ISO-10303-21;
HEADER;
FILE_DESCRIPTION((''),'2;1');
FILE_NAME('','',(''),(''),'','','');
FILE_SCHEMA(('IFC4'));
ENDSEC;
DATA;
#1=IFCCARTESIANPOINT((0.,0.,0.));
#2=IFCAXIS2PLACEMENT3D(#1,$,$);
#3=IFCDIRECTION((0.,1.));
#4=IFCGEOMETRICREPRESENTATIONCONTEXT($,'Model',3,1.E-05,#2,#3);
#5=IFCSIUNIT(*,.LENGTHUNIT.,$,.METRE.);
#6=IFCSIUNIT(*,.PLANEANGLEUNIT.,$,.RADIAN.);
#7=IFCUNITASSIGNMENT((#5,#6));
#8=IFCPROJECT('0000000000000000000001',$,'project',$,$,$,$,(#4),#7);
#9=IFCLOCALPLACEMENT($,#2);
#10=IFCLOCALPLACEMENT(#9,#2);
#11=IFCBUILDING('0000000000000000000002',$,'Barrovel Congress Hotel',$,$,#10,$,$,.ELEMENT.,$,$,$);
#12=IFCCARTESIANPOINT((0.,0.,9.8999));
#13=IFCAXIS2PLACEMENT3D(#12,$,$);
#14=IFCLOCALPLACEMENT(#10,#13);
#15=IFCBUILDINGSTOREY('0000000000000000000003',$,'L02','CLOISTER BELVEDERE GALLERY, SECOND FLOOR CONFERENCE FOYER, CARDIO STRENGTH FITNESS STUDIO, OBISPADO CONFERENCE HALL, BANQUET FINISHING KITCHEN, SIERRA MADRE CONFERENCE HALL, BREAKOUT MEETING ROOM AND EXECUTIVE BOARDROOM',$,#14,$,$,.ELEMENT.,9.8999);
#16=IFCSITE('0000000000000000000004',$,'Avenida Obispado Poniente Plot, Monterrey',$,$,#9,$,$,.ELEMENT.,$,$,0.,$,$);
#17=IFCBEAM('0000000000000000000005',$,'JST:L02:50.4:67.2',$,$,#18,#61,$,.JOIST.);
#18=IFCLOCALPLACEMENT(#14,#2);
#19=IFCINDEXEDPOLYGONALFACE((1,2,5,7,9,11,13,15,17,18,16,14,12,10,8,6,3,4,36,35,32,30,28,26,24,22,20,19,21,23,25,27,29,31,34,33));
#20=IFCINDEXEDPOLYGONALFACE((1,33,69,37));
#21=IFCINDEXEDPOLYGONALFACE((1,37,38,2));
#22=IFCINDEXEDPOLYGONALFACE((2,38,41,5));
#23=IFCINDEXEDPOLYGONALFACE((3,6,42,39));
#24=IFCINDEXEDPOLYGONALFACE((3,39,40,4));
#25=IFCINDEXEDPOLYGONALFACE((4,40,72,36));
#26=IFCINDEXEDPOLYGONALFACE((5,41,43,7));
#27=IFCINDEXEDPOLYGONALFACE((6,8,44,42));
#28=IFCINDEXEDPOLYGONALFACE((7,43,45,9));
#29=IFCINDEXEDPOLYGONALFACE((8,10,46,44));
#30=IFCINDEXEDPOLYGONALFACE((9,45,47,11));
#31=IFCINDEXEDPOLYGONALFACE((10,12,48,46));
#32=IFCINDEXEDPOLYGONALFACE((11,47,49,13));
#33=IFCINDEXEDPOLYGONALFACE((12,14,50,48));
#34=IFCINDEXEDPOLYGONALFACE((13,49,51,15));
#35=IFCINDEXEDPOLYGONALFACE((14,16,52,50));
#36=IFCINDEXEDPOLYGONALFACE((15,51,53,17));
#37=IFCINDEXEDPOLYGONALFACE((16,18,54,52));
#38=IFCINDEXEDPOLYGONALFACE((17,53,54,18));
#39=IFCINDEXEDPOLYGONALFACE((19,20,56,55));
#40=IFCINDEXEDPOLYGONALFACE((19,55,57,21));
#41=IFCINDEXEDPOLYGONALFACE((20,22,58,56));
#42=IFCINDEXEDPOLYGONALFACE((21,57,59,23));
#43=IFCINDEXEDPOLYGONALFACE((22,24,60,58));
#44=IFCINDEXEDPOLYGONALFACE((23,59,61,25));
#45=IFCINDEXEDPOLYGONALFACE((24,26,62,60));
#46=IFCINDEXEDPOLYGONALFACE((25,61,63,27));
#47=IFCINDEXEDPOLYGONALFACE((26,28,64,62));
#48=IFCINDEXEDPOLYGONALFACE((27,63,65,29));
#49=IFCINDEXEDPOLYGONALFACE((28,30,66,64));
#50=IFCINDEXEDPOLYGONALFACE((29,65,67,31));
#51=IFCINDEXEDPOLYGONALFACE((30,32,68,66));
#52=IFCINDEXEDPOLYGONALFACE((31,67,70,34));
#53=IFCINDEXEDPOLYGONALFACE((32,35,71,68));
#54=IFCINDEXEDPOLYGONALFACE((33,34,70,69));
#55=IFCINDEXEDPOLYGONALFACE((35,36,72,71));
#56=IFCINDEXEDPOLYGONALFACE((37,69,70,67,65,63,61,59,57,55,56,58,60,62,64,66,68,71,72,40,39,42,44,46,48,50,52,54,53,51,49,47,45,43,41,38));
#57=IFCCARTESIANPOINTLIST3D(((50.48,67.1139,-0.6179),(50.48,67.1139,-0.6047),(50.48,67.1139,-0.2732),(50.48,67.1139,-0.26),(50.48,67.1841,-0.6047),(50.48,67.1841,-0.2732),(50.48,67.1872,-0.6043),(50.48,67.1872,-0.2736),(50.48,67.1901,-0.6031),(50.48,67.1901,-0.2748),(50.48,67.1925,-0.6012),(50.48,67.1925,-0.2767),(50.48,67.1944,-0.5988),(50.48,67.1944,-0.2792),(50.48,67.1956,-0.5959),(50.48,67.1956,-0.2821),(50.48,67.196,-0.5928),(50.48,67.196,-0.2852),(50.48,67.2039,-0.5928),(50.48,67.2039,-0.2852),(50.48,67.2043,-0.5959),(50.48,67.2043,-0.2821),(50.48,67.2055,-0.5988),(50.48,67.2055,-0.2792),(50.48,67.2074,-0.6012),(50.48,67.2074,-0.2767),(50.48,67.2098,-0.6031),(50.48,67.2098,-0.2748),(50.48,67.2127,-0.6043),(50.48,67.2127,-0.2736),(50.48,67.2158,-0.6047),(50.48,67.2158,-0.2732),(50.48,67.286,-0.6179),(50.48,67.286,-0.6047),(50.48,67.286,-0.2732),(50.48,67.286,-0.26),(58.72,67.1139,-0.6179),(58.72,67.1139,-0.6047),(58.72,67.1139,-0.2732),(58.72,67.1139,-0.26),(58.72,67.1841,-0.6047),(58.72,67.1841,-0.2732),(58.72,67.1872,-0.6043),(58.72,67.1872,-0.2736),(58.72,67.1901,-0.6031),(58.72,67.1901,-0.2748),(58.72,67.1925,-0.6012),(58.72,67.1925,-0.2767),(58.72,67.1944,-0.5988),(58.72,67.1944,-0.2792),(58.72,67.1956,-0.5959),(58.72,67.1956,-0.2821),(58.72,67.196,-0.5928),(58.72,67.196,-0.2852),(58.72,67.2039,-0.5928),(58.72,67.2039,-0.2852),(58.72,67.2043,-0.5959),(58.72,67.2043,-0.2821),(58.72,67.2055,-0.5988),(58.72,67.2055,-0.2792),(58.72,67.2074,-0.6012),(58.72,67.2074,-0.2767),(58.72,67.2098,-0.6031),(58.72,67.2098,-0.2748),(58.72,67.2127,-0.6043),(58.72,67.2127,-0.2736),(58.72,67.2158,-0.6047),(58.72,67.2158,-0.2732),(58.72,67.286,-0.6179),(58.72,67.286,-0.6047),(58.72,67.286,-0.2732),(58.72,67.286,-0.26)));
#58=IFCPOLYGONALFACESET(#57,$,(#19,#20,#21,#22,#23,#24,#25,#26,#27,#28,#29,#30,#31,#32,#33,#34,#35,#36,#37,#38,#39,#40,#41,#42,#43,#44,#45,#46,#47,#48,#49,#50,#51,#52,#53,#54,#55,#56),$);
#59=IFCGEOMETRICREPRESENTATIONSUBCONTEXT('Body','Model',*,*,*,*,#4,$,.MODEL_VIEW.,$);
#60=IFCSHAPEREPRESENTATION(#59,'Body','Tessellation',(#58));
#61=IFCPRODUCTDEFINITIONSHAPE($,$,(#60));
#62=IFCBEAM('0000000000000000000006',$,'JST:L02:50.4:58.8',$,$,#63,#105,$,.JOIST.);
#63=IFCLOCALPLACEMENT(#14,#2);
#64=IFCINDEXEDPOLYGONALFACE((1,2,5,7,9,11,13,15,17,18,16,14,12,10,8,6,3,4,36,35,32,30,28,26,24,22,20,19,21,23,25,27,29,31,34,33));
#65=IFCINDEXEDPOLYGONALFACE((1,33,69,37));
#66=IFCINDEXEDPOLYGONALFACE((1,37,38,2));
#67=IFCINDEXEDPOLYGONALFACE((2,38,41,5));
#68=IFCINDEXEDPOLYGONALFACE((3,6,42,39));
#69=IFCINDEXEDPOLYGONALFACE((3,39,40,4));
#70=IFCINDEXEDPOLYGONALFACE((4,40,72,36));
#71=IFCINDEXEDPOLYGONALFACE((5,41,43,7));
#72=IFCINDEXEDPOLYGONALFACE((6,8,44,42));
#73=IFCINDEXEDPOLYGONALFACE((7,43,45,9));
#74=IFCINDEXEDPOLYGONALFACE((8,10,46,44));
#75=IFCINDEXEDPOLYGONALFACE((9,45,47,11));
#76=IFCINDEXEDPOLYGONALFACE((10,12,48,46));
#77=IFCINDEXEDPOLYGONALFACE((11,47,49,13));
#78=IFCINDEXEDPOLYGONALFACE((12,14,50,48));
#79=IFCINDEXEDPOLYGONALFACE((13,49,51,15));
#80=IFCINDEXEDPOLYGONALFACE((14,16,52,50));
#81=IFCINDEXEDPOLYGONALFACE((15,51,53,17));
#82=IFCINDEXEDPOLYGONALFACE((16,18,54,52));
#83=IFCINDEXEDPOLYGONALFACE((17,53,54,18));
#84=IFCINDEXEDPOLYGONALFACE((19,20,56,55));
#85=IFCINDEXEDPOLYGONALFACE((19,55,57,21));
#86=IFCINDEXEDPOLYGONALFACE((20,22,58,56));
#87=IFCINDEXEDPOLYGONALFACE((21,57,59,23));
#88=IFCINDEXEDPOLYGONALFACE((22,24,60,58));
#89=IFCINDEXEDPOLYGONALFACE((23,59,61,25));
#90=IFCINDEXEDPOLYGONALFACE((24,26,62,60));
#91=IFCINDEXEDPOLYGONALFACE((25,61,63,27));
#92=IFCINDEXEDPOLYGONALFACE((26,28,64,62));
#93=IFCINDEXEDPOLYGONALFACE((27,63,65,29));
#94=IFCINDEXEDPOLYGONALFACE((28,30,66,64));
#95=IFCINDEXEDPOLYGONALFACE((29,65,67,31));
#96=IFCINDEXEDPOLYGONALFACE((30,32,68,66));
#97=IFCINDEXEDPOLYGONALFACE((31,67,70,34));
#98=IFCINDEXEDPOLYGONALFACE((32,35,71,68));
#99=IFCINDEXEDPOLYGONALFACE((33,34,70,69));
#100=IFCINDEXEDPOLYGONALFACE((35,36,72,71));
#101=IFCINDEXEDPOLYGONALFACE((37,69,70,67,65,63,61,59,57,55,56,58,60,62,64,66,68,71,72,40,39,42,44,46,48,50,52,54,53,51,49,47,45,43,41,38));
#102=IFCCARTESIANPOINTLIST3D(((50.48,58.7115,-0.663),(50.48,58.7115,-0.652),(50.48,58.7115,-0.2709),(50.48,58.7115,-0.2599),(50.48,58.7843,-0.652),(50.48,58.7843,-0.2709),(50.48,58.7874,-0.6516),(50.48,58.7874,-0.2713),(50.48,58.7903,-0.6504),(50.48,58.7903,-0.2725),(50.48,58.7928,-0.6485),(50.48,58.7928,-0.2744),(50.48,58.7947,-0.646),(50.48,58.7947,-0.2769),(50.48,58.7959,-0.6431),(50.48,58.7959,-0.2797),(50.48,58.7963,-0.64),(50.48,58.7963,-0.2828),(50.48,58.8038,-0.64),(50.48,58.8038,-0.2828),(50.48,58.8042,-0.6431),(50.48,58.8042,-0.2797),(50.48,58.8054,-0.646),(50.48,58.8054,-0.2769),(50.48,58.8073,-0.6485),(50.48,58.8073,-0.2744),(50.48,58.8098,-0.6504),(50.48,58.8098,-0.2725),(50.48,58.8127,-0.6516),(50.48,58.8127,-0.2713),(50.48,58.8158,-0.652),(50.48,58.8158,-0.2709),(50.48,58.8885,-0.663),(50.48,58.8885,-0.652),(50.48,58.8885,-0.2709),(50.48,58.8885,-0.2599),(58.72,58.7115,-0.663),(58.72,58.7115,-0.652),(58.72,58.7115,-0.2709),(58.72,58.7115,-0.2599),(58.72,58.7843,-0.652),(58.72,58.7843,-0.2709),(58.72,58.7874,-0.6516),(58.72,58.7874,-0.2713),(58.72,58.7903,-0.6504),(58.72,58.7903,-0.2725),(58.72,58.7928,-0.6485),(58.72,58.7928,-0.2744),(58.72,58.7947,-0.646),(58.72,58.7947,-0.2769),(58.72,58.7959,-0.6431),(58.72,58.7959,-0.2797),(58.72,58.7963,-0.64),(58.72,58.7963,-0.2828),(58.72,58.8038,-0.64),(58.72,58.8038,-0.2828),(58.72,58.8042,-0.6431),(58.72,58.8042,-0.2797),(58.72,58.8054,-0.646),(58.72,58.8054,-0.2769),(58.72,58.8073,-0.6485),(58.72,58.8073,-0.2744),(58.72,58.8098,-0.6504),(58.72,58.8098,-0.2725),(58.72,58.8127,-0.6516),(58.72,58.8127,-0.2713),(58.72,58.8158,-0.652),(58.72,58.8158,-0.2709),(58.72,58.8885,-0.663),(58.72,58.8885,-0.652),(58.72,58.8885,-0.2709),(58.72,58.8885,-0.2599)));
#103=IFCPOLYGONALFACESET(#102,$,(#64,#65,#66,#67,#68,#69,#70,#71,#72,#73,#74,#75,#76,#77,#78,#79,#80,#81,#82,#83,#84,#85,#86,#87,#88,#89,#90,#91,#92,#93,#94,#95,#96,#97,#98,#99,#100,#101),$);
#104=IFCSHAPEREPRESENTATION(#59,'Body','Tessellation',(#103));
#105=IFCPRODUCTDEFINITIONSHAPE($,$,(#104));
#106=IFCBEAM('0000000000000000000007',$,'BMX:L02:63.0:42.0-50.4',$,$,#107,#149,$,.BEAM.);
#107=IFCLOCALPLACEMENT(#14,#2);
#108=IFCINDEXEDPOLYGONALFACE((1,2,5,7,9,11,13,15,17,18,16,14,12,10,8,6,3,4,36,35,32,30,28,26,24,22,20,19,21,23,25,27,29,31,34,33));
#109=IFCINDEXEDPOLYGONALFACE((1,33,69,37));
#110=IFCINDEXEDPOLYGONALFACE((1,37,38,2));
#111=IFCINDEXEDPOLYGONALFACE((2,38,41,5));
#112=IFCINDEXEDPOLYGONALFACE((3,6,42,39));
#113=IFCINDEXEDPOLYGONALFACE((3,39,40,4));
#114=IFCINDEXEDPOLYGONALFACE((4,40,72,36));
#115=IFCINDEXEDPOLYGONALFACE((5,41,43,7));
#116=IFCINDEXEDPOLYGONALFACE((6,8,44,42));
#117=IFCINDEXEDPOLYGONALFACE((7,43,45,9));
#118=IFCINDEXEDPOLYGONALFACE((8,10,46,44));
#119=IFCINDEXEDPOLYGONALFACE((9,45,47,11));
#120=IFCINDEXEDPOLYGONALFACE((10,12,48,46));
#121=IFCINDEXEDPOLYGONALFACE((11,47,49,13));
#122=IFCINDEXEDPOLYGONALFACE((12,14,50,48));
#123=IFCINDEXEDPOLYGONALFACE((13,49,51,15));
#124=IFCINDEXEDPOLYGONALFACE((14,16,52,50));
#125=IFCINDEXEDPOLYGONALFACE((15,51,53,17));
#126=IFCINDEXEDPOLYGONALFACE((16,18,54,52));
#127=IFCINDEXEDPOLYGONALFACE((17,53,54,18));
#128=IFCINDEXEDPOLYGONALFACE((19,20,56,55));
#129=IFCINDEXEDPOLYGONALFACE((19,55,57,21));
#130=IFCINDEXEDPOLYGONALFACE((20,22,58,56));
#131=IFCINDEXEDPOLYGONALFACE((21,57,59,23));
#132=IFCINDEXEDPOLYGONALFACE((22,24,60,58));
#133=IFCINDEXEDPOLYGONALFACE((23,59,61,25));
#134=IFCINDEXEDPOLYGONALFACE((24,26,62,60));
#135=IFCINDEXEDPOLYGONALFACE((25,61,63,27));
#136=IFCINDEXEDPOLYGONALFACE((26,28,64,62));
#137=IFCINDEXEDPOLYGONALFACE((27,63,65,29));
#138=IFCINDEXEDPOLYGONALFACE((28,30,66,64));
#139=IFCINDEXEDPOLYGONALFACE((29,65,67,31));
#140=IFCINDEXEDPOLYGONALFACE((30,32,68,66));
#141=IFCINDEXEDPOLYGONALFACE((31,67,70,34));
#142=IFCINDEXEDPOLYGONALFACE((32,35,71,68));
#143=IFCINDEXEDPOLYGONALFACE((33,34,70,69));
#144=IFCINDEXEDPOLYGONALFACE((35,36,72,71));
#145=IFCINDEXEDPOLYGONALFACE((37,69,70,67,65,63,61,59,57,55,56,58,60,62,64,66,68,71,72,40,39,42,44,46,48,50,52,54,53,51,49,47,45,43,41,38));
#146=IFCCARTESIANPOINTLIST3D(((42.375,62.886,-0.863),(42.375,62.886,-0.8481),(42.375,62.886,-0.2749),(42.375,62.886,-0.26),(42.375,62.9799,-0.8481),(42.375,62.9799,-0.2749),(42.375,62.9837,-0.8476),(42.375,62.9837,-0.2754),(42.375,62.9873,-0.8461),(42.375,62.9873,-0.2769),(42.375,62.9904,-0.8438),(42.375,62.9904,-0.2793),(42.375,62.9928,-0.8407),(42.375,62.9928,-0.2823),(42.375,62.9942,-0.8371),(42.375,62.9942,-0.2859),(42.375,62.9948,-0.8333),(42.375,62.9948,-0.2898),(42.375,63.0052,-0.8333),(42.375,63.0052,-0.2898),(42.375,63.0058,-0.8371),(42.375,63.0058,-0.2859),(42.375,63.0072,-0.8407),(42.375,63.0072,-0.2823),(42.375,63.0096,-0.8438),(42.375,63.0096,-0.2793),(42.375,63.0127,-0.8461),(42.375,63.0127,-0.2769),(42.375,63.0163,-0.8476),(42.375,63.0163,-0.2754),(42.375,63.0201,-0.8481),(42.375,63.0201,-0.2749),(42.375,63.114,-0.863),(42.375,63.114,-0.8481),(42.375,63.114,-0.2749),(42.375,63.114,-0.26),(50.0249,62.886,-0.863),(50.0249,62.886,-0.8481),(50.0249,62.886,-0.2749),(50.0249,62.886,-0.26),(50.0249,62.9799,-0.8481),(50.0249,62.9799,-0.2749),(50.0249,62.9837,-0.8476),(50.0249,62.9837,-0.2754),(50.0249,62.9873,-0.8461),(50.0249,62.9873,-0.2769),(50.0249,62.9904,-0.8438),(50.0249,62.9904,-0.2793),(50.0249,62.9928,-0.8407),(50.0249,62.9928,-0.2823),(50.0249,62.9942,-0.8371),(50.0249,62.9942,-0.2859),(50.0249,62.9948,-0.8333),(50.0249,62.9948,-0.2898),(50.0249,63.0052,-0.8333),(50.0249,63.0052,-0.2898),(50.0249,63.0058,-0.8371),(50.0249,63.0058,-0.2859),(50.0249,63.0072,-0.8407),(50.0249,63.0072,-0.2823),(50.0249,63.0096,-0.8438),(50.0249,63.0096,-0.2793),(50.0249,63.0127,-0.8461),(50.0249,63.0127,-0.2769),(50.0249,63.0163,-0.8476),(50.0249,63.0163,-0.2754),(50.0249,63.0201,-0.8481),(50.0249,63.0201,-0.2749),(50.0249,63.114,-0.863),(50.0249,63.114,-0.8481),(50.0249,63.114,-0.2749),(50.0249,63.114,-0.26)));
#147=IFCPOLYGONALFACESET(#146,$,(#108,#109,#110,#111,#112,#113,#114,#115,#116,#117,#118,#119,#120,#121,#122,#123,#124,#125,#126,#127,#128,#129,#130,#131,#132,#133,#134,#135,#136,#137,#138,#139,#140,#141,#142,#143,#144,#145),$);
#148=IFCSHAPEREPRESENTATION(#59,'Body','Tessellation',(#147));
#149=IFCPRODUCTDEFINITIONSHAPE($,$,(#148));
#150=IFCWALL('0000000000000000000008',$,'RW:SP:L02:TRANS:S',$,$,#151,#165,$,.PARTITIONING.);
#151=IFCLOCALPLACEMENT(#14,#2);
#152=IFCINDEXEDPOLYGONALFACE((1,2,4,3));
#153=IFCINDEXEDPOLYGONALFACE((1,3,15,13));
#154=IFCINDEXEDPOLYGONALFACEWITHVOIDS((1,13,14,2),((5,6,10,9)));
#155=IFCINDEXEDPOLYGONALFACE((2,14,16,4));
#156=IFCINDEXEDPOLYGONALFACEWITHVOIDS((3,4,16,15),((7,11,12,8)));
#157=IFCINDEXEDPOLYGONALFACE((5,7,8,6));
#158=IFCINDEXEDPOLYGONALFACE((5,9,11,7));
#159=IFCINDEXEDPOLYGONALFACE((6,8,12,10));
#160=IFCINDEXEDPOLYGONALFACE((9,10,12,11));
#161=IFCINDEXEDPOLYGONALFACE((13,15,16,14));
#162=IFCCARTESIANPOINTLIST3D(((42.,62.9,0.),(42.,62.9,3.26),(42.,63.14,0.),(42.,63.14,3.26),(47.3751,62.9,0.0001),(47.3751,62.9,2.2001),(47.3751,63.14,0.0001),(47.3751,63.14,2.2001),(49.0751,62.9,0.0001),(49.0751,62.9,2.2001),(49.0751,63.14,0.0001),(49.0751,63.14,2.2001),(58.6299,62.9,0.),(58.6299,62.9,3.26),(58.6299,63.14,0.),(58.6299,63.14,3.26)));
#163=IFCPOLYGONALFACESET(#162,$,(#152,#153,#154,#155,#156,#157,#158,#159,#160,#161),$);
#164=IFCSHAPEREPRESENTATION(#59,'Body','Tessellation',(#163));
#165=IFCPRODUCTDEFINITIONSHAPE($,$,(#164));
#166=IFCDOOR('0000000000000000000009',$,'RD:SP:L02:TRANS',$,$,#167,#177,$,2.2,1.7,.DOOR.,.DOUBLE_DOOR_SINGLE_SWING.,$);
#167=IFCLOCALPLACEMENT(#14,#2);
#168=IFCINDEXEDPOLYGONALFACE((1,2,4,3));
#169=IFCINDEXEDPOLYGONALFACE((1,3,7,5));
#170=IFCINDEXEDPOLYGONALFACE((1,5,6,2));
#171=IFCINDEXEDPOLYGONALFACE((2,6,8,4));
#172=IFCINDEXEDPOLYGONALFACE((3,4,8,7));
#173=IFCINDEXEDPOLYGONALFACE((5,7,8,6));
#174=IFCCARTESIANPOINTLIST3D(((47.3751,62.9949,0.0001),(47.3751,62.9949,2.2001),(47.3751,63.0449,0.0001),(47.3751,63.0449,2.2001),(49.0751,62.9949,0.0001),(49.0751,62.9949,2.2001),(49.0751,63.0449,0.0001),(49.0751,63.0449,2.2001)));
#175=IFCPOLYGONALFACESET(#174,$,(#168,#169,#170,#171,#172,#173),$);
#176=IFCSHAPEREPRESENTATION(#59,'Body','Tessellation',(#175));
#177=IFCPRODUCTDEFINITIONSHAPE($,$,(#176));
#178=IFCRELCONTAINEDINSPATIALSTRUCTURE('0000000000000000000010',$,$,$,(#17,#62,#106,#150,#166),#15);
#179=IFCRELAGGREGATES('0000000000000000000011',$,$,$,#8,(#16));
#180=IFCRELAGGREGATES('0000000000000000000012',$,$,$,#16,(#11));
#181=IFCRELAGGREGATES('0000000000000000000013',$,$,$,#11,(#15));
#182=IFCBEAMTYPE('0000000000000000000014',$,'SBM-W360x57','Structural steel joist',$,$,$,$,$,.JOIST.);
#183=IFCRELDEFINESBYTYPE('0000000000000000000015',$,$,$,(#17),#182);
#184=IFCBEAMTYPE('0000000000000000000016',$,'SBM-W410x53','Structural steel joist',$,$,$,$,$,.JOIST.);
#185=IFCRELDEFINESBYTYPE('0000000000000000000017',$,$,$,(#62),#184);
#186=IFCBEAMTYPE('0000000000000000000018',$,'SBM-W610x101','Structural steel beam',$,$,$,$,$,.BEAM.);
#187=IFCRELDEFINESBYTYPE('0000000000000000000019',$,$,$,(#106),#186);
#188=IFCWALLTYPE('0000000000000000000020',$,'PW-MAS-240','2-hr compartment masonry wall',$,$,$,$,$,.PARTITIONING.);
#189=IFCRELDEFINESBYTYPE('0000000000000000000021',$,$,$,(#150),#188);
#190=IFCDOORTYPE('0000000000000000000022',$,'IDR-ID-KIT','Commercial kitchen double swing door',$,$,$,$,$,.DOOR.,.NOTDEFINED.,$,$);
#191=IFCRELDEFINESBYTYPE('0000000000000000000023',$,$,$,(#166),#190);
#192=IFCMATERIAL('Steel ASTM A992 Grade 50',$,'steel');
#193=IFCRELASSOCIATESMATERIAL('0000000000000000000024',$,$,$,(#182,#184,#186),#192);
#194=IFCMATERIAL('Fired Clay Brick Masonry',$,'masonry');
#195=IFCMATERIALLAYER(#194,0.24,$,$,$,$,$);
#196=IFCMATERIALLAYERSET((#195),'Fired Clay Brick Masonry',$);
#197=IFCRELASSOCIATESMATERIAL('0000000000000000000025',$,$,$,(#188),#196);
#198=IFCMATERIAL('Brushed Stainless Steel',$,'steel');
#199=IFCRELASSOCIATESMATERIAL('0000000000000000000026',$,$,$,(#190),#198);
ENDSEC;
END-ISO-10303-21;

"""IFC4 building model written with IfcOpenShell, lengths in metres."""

from ifc_helpers import new_model, si_unit, direction, frame, frame_2d, origin, origin_2d, place, context, subcontext, project, spatial, rectangle, i_section, extrude, material, layer, layer_set, material_profile, profile_set, type_object, element, fill, save


model = new_model("IFC4")

# Units and contexts
model_context = context("Model", 3, precision=1e-05, world=origin(), true_north=direction((0.0, 1.0)))
body_context = subcontext(model_context, "Body", "Model", "MODEL_VIEW")
ifc_project = project(units=[si_unit("LENGTHUNIT", "METRE"), si_unit("PLANEANGLEUNIT", "RADIAN")], contexts=[model_context])

# Site, building, storey
site_placement = place(None, origin())
site = spatial("IfcSite", under=ifc_project, at=site_placement, Name="Avenida Obispado Poniente Plot, Monterrey", CompositionType="ELEMENT", RefElevation=0.0)
building_placement = place(site_placement, origin())
building = spatial("IfcBuilding", under=site, at=building_placement, Name="Barrovel Congress Hotel", CompositionType="ELEMENT")
storey_placement = place(building_placement, frame((0.0, 0.0, 9.8999)))
storey = spatial("IfcBuildingStorey", under=building, at=storey_placement, Name="L02", Description="CLOISTER BELVEDERE GALLERY, SECOND FLOOR CONFERENCE FOYER, CARDIO STRENGTH FITNESS STUDIO, OBISPADO CONFERENCE HALL, BANQUET FINISHING KITCHEN, SIERRA MADRE CONFERENCE HALL, BREAKOUT MEETING ROOM AND EXECUTIVE BOARDROOM", CompositionType="ELEMENT", Elevation=9.8999)

# Beams
ifc_material_1 = material(Name="Steel ASTM A992 Grade 50", Category="steel")
ifc_material_profile_1 = material_profile(ifc_material_1, i_section(OverallWidth=0.1721, OverallDepth=0.3579, WebThickness=0.0078, FlangeThickness=0.0132, FilletRadius=0.012, at=origin_2d()), Name="W360x57")
ifc_profile_set_1 = profile_set([ifc_material_profile_1], Name="Steel ASTM A992 Grade 50")
beam_type_1 = type_object("IfcBeamType", Name="SBM-W360x57", Description="Structural steel joist", PredefinedType="JOIST", material=ifc_profile_set_1)
beam_1_placement = place(storey_placement, frame((50.48, 67.2, -0.439), z_axis=(1.0, 0.0, 0.0), x_axis=(0.0, 1.0, 0.0)))
element("IfcBeam", 1, at=beam_1_placement, inside=storey, type_object=beam_type_1, Name="JST:L02:50.4:67.2", PredefinedType="JOIST", context=body_context, shape_type="SweptSolid", body=[
    extrude(i_section(OverallWidth=0.1721, OverallDepth=0.3579, WebThickness=0.0078, FlangeThickness=0.0132, FilletRadius=0.012, at=origin_2d()), origin(), (0.0, 0.0, 1.0), 8.24),
])
ifc_material_profile_2 = material_profile(ifc_material_1, i_section(OverallWidth=0.177, OverallDepth=0.4031, WebThickness=0.0076, FlangeThickness=0.011, FilletRadius=0.012, at=origin_2d()), Name="W410x53")
ifc_profile_set_2 = profile_set([ifc_material_profile_2], Name="Steel ASTM A992 Grade 50")
beam_type_2 = type_object("IfcBeamType", Name="SBM-W410x53", Description="Structural steel joist", PredefinedType="JOIST", material=ifc_profile_set_2)
beam_2_placement = place(storey_placement, frame((50.48, 58.8, -0.4614), z_axis=(1.0, 0.0, 0.0), x_axis=(0.0, 1.0, 0.0)))
element("IfcBeam", 2, at=beam_2_placement, inside=storey, type_object=beam_type_2, Name="JST:L02:50.4:58.8", PredefinedType="JOIST", context=body_context, shape_type="SweptSolid", body=[
    extrude(i_section(OverallWidth=0.177, OverallDepth=0.4031, WebThickness=0.0076, FlangeThickness=0.011, FilletRadius=0.012, at=origin_2d()), origin(), (0.0, 0.0, 1.0), 8.24),
])
ifc_material_profile_3 = material_profile(ifc_material_1, i_section(OverallWidth=0.228, OverallDepth=0.603, WebThickness=0.0105, FlangeThickness=0.0149, FilletRadius=0.0149, at=origin_2d()), Name="W610x101")
ifc_profile_set_3 = profile_set([ifc_material_profile_3], Name="Steel ASTM A992 Grade 50")
beam_type_3 = type_object("IfcBeamType", Name="SBM-W610x101", Description="Structural steel beam", PredefinedType="BEAM", material=ifc_profile_set_3)
beam_3_placement = place(storey_placement, frame((42.375, 63.0, -0.5615), z_axis=(1.0, 0.0, 0.0), x_axis=(0.0, 1.0, 0.0)))
element("IfcBeam", 3, at=beam_3_placement, inside=storey, type_object=beam_type_3, Name="BMX:L02:63.0:42.0-50.4", PredefinedType="BEAM", context=body_context, shape_type="SweptSolid", body=[
    extrude(i_section(OverallWidth=0.228, OverallDepth=0.603, WebThickness=0.0105, FlangeThickness=0.0149, FilletRadius=0.0149, at=origin_2d()), origin(), (0.0, 0.0, 1.0), 7.6499),
])

# Wall, opening, door
ifc_material_2 = material(Name="Fired Clay Brick Masonry", Category="masonry")
ifc_layer_1 = layer(ifc_material_2, 0.24)
ifc_layer_set_1 = layer_set([ifc_layer_1], Name="Fired Clay Brick Masonry")
wall_type_1 = type_object("IfcWallType", Name="PW-MAS-240", Description="2-hr compartment masonry wall", PredefinedType="PARTITIONING", material=ifc_layer_set_1)
wall_1_placement = place(storey_placement, frame((42.0, 63.02, 0.0), z_axis=(0.0, 0.0, 1.0), x_axis=(1.0, 0.0, 0.0)))
wall_1 = element("IfcWall", 4, at=wall_1_placement, inside=storey, type_object=wall_type_1, Name="RW:SP:L02:TRANS:S", PredefinedType="PARTITIONING", context=body_context, shape_type="SweptSolid", body=[
    extrude(rectangle(XDim=16.6299, YDim=0.24, at=frame_2d((8.3149, 0.0))), origin(), (0.0, 0.0, 1.0), 3.26),
])
opening_1_placement = place(wall_1_placement, frame((5.375, 0.0, 0.0)))
opening_1 = element("IfcOpeningElement", 5, at=opening_1_placement, cuts=wall_1, PredefinedType="OPENING", context=body_context, shape_type="SweptSolid", body=[
    extrude(rectangle(XDim=1.7, YDim=2.2, at=frame_2d((0.8501, 1.1001))), frame((0.0, 0.1299, 0.0), z_axis=(0.0, -1.0, 0.0), x_axis=(1.0, 0.0, 0.0)), (0.0, 0.0, 1.0), 0.26),
])
ifc_material_3 = material(Name="Brushed Stainless Steel", Category="steel")
door_type_1 = type_object("IfcDoorType", Name="IDR-ID-KIT", Description="Commercial kitchen double swing door", OperationType="NOTDEFINED", PredefinedType="DOOR", material=ifc_material_3)
door_1_placement = place(opening_1_placement, origin())
door_1 = element("IfcDoor", 6, at=door_1_placement, inside=storey, type_object=door_type_1, Name="RD:SP:L02:TRANS", OperationType="DOUBLE_DOOR_SINGLE_SWING", OverallHeight=2.2, OverallWidth=1.7, PredefinedType="DOOR", context=body_context, shape_type="SweptSolid", body=[
    extrude(rectangle(XDim=1.7, YDim=2.2, at=frame_2d((0.8501, 1.1001))), frame((0.0, 0.0249, 0.0), z_axis=(0.0, -1.0, 0.0), x_axis=(1.0, 0.0, 0.0)), (0.0, 0.0, 1.0), 0.05),
])
fill(opening_1, door_1)

save(model, "model.ifc")
